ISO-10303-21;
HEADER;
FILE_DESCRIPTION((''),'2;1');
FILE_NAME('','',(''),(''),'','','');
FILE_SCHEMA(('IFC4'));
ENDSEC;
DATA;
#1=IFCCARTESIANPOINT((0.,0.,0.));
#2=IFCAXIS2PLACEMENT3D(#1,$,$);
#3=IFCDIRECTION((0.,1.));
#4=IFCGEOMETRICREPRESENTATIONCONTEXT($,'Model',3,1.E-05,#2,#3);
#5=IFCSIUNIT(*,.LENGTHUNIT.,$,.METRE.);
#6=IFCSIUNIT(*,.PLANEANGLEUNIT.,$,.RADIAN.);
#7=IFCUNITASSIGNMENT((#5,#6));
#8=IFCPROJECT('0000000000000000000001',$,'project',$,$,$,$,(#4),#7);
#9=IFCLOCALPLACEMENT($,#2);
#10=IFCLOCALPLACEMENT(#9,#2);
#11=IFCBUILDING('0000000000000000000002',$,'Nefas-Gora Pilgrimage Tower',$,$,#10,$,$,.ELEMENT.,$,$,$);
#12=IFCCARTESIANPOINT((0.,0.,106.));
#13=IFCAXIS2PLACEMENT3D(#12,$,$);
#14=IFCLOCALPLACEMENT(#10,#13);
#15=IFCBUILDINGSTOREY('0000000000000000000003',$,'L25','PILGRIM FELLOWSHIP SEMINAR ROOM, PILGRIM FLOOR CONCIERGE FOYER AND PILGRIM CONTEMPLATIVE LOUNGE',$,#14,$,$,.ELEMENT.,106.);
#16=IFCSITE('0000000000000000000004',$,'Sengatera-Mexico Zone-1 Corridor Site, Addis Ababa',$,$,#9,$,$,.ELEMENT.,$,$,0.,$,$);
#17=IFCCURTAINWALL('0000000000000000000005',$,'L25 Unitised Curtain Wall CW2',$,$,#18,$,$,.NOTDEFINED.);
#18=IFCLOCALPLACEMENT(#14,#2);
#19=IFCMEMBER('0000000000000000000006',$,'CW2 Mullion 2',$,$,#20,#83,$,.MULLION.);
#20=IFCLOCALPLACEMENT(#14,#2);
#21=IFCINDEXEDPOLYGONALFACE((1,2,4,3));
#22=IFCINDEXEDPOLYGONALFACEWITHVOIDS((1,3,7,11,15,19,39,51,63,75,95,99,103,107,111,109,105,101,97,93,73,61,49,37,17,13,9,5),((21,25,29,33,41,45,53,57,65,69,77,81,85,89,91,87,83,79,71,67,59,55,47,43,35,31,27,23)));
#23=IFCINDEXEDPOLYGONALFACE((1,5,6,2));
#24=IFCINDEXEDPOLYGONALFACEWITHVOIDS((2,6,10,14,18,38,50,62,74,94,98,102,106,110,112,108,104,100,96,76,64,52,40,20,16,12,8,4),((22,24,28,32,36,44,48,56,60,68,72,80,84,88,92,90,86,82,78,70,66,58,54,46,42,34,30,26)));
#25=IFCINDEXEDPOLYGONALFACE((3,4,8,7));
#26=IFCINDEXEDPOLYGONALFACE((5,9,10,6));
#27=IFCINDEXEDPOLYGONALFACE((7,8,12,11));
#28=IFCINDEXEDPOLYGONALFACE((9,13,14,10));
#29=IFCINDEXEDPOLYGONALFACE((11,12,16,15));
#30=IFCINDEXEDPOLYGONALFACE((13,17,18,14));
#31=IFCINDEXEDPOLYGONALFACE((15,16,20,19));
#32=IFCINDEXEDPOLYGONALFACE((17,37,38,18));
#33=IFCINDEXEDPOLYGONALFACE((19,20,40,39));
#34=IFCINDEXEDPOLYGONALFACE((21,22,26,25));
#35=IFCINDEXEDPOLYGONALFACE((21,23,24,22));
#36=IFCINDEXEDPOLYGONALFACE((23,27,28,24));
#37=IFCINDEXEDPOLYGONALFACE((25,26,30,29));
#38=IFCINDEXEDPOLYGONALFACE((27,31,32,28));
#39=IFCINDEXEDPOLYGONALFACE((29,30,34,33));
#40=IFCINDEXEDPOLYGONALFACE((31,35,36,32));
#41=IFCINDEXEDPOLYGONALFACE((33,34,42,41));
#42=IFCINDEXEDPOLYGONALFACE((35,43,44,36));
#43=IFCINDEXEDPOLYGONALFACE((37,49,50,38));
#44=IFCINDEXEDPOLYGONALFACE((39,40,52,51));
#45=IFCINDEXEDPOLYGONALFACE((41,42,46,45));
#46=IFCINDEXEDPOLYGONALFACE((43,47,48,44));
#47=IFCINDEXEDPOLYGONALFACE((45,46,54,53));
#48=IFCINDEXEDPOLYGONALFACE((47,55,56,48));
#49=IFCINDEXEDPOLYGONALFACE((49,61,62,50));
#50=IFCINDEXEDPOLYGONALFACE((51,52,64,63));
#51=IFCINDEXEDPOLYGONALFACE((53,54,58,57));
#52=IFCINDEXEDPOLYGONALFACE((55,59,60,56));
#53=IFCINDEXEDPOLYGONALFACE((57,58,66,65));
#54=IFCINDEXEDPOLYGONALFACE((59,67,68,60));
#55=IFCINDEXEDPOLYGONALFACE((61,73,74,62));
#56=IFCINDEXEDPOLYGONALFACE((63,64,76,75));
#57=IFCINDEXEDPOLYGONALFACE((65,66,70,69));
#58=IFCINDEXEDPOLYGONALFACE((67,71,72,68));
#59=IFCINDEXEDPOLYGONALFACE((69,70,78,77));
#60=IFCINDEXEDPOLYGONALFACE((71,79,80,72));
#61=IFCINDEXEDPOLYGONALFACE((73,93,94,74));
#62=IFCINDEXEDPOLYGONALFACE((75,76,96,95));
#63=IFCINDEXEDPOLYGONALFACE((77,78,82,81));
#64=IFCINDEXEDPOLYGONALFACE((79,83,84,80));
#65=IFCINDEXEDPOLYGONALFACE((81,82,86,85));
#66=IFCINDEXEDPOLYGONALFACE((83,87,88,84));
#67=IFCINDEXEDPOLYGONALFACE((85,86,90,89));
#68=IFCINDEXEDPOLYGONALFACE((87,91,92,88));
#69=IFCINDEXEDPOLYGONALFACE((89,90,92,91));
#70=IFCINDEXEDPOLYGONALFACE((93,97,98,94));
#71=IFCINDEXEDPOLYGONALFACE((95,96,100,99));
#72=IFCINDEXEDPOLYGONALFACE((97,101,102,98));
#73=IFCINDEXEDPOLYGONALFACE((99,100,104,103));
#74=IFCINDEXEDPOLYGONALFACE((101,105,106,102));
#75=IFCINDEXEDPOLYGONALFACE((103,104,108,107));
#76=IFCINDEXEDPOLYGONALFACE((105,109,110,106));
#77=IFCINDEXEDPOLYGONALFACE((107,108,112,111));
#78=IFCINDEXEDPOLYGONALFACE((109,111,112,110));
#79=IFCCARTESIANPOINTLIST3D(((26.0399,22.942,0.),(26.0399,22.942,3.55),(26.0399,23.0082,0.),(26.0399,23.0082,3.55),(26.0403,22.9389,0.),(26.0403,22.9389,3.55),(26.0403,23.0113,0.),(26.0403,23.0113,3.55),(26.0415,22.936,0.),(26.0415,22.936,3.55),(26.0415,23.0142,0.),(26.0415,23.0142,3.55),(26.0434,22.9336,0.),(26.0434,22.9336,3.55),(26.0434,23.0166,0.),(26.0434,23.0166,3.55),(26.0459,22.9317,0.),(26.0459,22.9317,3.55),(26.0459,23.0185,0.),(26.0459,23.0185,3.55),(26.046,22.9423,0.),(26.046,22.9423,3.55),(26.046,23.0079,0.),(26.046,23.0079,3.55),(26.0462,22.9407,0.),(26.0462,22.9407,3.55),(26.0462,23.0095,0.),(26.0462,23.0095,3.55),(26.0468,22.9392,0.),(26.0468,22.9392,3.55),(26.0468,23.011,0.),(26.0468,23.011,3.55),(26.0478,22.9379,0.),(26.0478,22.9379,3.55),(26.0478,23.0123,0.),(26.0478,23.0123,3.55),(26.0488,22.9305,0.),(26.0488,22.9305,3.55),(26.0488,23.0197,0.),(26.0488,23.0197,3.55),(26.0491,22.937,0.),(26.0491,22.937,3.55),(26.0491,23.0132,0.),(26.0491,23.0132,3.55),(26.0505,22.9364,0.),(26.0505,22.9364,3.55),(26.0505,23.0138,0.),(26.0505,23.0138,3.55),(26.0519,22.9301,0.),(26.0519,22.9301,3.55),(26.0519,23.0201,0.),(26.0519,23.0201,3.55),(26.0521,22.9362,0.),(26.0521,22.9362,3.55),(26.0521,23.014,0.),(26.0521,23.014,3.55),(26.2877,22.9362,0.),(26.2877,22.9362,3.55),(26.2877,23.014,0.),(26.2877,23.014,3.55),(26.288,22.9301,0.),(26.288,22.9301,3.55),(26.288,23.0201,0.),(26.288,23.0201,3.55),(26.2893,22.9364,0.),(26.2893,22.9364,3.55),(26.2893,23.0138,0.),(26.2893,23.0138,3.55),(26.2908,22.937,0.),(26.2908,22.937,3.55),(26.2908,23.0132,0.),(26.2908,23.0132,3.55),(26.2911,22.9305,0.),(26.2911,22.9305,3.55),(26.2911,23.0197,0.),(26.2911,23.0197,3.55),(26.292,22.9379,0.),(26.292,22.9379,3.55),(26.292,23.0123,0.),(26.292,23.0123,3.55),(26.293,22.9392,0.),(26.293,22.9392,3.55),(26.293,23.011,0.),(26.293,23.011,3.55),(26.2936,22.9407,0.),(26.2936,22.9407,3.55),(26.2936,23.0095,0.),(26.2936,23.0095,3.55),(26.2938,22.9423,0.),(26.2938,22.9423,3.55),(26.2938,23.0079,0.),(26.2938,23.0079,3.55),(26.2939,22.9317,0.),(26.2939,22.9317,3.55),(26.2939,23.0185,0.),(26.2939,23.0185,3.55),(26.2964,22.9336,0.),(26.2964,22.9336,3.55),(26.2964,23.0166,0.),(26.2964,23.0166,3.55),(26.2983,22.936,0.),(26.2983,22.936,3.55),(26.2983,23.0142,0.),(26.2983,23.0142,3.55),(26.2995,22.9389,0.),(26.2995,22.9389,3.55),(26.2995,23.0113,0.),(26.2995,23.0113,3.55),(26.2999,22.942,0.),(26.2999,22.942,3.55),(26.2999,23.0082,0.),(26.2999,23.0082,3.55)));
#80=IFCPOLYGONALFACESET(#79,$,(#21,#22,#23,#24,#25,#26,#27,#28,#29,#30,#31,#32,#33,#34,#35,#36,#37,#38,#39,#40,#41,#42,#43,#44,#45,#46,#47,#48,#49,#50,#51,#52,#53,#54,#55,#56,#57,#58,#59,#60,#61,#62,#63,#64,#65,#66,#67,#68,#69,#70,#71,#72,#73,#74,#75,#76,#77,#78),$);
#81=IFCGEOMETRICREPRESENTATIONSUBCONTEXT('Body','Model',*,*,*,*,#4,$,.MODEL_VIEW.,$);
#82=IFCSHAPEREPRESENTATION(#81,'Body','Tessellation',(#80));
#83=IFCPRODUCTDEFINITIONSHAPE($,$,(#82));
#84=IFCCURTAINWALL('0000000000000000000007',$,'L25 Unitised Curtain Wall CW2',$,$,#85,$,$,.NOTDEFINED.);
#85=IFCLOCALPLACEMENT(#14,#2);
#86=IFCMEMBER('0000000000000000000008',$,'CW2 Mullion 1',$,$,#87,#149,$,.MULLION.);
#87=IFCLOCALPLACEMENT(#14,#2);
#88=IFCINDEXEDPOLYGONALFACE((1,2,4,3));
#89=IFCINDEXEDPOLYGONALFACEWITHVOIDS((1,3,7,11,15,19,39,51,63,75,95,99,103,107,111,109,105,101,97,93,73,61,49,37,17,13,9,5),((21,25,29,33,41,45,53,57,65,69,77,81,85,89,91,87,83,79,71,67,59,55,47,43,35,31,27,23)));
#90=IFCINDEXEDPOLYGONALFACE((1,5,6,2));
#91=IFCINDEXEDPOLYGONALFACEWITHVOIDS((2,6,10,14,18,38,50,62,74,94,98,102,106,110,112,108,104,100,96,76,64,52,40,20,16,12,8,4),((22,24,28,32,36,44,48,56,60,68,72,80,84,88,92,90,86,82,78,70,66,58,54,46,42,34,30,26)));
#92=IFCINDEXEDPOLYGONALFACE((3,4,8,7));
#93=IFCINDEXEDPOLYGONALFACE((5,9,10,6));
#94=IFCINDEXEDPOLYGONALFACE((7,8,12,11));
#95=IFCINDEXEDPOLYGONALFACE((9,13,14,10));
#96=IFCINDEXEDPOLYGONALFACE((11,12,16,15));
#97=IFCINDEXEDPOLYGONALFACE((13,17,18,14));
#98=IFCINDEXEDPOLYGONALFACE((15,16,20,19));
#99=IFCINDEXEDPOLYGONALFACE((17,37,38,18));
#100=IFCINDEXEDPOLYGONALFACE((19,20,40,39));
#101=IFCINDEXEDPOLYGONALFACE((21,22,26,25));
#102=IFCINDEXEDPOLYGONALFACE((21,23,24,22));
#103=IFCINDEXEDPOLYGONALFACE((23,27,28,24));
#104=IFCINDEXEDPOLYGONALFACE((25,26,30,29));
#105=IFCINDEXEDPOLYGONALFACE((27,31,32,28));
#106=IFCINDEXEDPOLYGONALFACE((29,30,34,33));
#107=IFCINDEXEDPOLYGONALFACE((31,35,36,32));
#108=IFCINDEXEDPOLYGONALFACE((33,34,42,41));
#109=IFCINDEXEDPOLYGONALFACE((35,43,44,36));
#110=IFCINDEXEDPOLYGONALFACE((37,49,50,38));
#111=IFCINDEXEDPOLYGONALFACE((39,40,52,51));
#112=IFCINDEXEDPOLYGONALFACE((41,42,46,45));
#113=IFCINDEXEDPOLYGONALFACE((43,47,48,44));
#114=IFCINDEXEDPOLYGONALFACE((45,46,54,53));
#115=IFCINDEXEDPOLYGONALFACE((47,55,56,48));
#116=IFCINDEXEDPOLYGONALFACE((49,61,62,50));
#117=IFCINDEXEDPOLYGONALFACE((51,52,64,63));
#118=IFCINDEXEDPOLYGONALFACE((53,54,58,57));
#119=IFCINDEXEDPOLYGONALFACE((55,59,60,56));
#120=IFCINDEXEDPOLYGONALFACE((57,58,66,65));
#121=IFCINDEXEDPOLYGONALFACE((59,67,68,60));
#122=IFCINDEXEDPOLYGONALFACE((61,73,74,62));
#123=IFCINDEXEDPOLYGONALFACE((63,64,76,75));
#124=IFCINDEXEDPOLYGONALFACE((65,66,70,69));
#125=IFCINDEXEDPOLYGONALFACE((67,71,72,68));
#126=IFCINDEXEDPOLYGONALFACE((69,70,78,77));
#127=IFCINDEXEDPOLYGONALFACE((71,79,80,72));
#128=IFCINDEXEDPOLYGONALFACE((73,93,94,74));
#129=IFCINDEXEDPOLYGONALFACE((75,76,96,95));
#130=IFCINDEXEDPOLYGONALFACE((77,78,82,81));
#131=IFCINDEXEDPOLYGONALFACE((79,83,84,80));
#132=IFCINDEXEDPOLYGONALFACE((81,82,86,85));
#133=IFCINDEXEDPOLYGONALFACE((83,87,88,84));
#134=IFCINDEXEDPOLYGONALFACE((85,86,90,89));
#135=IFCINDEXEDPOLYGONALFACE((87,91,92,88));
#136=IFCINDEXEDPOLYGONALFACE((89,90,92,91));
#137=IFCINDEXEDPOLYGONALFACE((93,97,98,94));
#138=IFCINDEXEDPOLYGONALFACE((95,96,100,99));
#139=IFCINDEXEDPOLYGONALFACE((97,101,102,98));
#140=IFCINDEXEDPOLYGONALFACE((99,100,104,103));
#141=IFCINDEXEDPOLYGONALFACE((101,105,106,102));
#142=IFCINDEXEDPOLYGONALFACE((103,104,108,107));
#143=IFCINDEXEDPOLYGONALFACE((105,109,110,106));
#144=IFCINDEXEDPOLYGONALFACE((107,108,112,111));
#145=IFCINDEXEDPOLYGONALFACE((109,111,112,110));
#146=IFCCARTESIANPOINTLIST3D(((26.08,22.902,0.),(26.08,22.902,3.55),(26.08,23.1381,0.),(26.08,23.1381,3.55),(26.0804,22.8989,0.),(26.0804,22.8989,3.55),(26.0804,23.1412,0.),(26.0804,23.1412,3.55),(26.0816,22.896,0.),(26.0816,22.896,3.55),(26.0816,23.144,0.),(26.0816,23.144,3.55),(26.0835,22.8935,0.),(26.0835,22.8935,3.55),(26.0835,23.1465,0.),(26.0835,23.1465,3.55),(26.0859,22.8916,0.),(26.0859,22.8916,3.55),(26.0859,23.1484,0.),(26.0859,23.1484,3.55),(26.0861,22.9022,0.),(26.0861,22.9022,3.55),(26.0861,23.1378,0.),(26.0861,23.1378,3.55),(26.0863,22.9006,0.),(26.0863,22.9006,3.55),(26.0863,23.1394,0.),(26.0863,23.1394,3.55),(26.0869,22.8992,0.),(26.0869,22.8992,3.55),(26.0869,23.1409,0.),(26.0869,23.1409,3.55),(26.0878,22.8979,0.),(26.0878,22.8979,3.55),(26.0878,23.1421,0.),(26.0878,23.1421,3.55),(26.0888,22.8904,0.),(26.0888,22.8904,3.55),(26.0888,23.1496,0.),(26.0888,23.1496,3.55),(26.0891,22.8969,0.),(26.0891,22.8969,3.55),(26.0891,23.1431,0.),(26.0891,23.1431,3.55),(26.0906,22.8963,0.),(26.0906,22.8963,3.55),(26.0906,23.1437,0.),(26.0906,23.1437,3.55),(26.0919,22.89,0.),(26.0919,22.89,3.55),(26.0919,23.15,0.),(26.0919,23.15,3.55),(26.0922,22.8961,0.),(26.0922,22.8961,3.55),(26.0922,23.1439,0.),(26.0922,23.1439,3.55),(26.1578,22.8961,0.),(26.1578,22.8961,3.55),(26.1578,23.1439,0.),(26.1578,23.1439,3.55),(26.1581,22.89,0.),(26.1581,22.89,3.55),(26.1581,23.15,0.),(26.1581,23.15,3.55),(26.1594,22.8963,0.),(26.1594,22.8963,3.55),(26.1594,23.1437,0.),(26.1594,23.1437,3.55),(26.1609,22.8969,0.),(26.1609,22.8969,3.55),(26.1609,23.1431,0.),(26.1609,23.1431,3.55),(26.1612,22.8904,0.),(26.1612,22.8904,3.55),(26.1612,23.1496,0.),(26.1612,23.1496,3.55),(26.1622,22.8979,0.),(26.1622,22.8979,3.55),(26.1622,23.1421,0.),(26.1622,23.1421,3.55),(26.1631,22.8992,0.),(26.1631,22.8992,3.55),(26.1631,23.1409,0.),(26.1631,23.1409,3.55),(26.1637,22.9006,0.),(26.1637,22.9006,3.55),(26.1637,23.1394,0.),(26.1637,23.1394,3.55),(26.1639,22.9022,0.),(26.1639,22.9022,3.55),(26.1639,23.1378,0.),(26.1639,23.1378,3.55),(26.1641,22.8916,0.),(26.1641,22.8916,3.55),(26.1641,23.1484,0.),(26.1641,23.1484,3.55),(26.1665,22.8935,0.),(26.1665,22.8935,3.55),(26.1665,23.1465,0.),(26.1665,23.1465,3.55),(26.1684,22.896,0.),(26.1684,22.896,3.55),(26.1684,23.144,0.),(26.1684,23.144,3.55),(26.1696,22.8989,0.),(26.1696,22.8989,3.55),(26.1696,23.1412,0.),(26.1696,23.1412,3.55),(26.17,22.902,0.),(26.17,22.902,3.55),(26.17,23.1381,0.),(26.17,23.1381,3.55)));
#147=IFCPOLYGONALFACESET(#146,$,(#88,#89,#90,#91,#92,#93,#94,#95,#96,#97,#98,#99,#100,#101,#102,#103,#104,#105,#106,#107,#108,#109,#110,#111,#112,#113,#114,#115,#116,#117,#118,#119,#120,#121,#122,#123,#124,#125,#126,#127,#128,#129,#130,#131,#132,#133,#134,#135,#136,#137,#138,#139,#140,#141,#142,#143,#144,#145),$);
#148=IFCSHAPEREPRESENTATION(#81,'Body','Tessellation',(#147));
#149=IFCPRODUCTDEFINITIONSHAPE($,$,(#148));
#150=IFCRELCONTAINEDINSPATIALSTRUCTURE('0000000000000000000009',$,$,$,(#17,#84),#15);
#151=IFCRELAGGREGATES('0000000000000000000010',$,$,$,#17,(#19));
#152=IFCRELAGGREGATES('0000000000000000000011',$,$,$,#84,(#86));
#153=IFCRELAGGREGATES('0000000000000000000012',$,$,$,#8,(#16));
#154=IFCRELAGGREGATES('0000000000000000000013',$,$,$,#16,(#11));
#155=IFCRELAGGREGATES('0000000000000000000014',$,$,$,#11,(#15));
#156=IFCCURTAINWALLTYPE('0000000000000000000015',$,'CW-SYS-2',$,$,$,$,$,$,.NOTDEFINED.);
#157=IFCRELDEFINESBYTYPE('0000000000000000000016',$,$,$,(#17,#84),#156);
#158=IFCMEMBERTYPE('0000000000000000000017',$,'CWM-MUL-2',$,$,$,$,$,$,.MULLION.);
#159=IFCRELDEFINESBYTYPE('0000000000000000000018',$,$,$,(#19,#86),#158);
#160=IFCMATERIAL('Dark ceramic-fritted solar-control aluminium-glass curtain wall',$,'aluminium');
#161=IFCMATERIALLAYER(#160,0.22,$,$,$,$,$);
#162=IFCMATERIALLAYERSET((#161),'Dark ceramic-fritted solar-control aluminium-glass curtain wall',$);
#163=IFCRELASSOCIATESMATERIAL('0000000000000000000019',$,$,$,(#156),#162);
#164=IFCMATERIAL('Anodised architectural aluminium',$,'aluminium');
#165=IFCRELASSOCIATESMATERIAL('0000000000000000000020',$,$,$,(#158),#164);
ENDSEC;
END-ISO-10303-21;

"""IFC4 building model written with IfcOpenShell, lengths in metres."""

from ifc_helpers import new_model, si_unit, direction, frame, origin, origin_2d, place, context, subcontext, project, spatial, hollow_rectangle, extrude, source, transform, mapped, material, layer, layer_set, material_profile, profile_set, type_object, element, aggregate, save


model = new_model("IFC4")

# Units and contexts
model_context = context("Model", 3, precision=1e-05, world=origin(), true_north=direction((0.0, 1.0)))
body_context = subcontext(model_context, "Body", "Model", "MODEL_VIEW")
ifc_project = project(units=[si_unit("LENGTHUNIT", "METRE"), si_unit("PLANEANGLEUNIT", "RADIAN")], contexts=[model_context])

# Site, building, storey
site_placement = place(None, origin())
site = spatial("IfcSite", under=ifc_project, at=site_placement, Name="Sengatera-Mexico Zone-1 Corridor Site, Addis Ababa", CompositionType="ELEMENT", RefElevation=0.0)
building_placement = place(site_placement, origin())
building = spatial("IfcBuilding", under=site, at=building_placement, Name="Nefas-Gora Pilgrimage Tower", CompositionType="ELEMENT")
storey_placement = place(building_placement, frame((0.0, 0.0, 106.0)))
storey = spatial("IfcBuildingStorey", under=building, at=storey_placement, Name="L25", Description="PILGRIM FELLOWSHIP SEMINAR ROOM, PILGRIM FLOOR CONCIERGE FOYER AND PILGRIM CONTEMPLATIVE LOUNGE", CompositionType="ELEMENT", Elevation=106.0)

# Shared definitions
ifc_material_1 = material(Name="Dark ceramic-fritted solar-control aluminium-glass curtain wall", Category="aluminium")
ifc_layer_1 = layer(ifc_material_1, 0.22)
ifc_layer_set_1 = layer_set([ifc_layer_1], Name="Dark ceramic-fritted solar-control aluminium-glass curtain wall")
curtain_wall_type = type_object("IfcCurtainWallType", Name="CW-SYS-2", PredefinedType="NOTDEFINED", material=ifc_layer_set_1)
ifc_material_2 = material(Name="Anodised architectural aluminium", Category="aluminium")
ifc_material_profile_1 = material_profile(ifc_material_2, hollow_rectangle(XDim=0.0901, YDim=0.26, WallThickness=0.0061, InnerFilletRadius=0.0061, OuterFilletRadius=0.012, at=origin_2d()), Name="ALU MULLION 90x260")
ifc_profile_set_1 = profile_set([ifc_material_profile_1], Name="Anodised architectural aluminium")
member_type_1 = type_object("IfcMemberType", Name="CWM-MUL-2", PredefinedType="MULLION", material=ifc_profile_set_1)
shared_shape_1 = source(origin(), body_context, "Body", "SweptSolid", [
    extrude(hollow_rectangle(XDim=0.0901, YDim=0.26, WallThickness=0.0061, InnerFilletRadius=0.0061, OuterFilletRadius=0.012, at=origin_2d()), origin(), (0.0, 0.0, 1.0), 3.55),
])

# Curtain wall, member
curtain_wall_1_placement = place(storey_placement, origin())
curtain_wall_1 = element("IfcCurtainWall", 1, at=curtain_wall_1_placement, inside=storey, type_object=curtain_wall_type, Name="L25 Unitised Curtain Wall CW2", PredefinedType="NOTDEFINED")
member_1_placement = place(storey_placement, frame((26.1699, 22.9751, 0.0), z_axis=(0.0, 0.0, 1.0), x_axis=(0.0, 1.0, 0.0)))
member_1 = element("IfcMember", 2, at=member_1_placement, type_object=member_type_1, Name="CW2 Mullion 2", PredefinedType="MULLION", context=body_context, shape_type="MappedRepresentation", body=[
    mapped(shared_shape_1, transform((0.0, 0.0, 0.0), x_axis=(1.0, 0.0, 0.0), y_axis=(0.0, 1.0, 0.0), z_axis=(0.0, 0.0, 1.0), scale=1.0)),
])

# Curtain wall, member
curtain_wall_2_placement = place(storey_placement, origin())
curtain_wall_2 = element("IfcCurtainWall", 3, at=curtain_wall_2_placement, inside=storey, type_object=curtain_wall_type, Name="L25 Unitised Curtain Wall CW2", PredefinedType="NOTDEFINED")
member_2_placement = place(storey_placement, frame((26.125, 23.02, 0.0), z_axis=(0.0, 0.0, 1.0), x_axis=(-1.0, 0.0, 0.0)))
member_2 = element("IfcMember", 4, at=member_2_placement, type_object=member_type_1, Name="CW2 Mullion 1", PredefinedType="MULLION", context=body_context, shape_type="MappedRepresentation", body=[
    mapped(shared_shape_1, transform((0.0, 0.0, 0.0), x_axis=(1.0, 0.0, 0.0), y_axis=(0.0, 1.0, 0.0), z_axis=(0.0, 0.0, 1.0), scale=1.0)),
])

aggregate(curtain_wall_1, [member_1])
aggregate(curtain_wall_2, [member_2])

save(model, "model.ifc")
